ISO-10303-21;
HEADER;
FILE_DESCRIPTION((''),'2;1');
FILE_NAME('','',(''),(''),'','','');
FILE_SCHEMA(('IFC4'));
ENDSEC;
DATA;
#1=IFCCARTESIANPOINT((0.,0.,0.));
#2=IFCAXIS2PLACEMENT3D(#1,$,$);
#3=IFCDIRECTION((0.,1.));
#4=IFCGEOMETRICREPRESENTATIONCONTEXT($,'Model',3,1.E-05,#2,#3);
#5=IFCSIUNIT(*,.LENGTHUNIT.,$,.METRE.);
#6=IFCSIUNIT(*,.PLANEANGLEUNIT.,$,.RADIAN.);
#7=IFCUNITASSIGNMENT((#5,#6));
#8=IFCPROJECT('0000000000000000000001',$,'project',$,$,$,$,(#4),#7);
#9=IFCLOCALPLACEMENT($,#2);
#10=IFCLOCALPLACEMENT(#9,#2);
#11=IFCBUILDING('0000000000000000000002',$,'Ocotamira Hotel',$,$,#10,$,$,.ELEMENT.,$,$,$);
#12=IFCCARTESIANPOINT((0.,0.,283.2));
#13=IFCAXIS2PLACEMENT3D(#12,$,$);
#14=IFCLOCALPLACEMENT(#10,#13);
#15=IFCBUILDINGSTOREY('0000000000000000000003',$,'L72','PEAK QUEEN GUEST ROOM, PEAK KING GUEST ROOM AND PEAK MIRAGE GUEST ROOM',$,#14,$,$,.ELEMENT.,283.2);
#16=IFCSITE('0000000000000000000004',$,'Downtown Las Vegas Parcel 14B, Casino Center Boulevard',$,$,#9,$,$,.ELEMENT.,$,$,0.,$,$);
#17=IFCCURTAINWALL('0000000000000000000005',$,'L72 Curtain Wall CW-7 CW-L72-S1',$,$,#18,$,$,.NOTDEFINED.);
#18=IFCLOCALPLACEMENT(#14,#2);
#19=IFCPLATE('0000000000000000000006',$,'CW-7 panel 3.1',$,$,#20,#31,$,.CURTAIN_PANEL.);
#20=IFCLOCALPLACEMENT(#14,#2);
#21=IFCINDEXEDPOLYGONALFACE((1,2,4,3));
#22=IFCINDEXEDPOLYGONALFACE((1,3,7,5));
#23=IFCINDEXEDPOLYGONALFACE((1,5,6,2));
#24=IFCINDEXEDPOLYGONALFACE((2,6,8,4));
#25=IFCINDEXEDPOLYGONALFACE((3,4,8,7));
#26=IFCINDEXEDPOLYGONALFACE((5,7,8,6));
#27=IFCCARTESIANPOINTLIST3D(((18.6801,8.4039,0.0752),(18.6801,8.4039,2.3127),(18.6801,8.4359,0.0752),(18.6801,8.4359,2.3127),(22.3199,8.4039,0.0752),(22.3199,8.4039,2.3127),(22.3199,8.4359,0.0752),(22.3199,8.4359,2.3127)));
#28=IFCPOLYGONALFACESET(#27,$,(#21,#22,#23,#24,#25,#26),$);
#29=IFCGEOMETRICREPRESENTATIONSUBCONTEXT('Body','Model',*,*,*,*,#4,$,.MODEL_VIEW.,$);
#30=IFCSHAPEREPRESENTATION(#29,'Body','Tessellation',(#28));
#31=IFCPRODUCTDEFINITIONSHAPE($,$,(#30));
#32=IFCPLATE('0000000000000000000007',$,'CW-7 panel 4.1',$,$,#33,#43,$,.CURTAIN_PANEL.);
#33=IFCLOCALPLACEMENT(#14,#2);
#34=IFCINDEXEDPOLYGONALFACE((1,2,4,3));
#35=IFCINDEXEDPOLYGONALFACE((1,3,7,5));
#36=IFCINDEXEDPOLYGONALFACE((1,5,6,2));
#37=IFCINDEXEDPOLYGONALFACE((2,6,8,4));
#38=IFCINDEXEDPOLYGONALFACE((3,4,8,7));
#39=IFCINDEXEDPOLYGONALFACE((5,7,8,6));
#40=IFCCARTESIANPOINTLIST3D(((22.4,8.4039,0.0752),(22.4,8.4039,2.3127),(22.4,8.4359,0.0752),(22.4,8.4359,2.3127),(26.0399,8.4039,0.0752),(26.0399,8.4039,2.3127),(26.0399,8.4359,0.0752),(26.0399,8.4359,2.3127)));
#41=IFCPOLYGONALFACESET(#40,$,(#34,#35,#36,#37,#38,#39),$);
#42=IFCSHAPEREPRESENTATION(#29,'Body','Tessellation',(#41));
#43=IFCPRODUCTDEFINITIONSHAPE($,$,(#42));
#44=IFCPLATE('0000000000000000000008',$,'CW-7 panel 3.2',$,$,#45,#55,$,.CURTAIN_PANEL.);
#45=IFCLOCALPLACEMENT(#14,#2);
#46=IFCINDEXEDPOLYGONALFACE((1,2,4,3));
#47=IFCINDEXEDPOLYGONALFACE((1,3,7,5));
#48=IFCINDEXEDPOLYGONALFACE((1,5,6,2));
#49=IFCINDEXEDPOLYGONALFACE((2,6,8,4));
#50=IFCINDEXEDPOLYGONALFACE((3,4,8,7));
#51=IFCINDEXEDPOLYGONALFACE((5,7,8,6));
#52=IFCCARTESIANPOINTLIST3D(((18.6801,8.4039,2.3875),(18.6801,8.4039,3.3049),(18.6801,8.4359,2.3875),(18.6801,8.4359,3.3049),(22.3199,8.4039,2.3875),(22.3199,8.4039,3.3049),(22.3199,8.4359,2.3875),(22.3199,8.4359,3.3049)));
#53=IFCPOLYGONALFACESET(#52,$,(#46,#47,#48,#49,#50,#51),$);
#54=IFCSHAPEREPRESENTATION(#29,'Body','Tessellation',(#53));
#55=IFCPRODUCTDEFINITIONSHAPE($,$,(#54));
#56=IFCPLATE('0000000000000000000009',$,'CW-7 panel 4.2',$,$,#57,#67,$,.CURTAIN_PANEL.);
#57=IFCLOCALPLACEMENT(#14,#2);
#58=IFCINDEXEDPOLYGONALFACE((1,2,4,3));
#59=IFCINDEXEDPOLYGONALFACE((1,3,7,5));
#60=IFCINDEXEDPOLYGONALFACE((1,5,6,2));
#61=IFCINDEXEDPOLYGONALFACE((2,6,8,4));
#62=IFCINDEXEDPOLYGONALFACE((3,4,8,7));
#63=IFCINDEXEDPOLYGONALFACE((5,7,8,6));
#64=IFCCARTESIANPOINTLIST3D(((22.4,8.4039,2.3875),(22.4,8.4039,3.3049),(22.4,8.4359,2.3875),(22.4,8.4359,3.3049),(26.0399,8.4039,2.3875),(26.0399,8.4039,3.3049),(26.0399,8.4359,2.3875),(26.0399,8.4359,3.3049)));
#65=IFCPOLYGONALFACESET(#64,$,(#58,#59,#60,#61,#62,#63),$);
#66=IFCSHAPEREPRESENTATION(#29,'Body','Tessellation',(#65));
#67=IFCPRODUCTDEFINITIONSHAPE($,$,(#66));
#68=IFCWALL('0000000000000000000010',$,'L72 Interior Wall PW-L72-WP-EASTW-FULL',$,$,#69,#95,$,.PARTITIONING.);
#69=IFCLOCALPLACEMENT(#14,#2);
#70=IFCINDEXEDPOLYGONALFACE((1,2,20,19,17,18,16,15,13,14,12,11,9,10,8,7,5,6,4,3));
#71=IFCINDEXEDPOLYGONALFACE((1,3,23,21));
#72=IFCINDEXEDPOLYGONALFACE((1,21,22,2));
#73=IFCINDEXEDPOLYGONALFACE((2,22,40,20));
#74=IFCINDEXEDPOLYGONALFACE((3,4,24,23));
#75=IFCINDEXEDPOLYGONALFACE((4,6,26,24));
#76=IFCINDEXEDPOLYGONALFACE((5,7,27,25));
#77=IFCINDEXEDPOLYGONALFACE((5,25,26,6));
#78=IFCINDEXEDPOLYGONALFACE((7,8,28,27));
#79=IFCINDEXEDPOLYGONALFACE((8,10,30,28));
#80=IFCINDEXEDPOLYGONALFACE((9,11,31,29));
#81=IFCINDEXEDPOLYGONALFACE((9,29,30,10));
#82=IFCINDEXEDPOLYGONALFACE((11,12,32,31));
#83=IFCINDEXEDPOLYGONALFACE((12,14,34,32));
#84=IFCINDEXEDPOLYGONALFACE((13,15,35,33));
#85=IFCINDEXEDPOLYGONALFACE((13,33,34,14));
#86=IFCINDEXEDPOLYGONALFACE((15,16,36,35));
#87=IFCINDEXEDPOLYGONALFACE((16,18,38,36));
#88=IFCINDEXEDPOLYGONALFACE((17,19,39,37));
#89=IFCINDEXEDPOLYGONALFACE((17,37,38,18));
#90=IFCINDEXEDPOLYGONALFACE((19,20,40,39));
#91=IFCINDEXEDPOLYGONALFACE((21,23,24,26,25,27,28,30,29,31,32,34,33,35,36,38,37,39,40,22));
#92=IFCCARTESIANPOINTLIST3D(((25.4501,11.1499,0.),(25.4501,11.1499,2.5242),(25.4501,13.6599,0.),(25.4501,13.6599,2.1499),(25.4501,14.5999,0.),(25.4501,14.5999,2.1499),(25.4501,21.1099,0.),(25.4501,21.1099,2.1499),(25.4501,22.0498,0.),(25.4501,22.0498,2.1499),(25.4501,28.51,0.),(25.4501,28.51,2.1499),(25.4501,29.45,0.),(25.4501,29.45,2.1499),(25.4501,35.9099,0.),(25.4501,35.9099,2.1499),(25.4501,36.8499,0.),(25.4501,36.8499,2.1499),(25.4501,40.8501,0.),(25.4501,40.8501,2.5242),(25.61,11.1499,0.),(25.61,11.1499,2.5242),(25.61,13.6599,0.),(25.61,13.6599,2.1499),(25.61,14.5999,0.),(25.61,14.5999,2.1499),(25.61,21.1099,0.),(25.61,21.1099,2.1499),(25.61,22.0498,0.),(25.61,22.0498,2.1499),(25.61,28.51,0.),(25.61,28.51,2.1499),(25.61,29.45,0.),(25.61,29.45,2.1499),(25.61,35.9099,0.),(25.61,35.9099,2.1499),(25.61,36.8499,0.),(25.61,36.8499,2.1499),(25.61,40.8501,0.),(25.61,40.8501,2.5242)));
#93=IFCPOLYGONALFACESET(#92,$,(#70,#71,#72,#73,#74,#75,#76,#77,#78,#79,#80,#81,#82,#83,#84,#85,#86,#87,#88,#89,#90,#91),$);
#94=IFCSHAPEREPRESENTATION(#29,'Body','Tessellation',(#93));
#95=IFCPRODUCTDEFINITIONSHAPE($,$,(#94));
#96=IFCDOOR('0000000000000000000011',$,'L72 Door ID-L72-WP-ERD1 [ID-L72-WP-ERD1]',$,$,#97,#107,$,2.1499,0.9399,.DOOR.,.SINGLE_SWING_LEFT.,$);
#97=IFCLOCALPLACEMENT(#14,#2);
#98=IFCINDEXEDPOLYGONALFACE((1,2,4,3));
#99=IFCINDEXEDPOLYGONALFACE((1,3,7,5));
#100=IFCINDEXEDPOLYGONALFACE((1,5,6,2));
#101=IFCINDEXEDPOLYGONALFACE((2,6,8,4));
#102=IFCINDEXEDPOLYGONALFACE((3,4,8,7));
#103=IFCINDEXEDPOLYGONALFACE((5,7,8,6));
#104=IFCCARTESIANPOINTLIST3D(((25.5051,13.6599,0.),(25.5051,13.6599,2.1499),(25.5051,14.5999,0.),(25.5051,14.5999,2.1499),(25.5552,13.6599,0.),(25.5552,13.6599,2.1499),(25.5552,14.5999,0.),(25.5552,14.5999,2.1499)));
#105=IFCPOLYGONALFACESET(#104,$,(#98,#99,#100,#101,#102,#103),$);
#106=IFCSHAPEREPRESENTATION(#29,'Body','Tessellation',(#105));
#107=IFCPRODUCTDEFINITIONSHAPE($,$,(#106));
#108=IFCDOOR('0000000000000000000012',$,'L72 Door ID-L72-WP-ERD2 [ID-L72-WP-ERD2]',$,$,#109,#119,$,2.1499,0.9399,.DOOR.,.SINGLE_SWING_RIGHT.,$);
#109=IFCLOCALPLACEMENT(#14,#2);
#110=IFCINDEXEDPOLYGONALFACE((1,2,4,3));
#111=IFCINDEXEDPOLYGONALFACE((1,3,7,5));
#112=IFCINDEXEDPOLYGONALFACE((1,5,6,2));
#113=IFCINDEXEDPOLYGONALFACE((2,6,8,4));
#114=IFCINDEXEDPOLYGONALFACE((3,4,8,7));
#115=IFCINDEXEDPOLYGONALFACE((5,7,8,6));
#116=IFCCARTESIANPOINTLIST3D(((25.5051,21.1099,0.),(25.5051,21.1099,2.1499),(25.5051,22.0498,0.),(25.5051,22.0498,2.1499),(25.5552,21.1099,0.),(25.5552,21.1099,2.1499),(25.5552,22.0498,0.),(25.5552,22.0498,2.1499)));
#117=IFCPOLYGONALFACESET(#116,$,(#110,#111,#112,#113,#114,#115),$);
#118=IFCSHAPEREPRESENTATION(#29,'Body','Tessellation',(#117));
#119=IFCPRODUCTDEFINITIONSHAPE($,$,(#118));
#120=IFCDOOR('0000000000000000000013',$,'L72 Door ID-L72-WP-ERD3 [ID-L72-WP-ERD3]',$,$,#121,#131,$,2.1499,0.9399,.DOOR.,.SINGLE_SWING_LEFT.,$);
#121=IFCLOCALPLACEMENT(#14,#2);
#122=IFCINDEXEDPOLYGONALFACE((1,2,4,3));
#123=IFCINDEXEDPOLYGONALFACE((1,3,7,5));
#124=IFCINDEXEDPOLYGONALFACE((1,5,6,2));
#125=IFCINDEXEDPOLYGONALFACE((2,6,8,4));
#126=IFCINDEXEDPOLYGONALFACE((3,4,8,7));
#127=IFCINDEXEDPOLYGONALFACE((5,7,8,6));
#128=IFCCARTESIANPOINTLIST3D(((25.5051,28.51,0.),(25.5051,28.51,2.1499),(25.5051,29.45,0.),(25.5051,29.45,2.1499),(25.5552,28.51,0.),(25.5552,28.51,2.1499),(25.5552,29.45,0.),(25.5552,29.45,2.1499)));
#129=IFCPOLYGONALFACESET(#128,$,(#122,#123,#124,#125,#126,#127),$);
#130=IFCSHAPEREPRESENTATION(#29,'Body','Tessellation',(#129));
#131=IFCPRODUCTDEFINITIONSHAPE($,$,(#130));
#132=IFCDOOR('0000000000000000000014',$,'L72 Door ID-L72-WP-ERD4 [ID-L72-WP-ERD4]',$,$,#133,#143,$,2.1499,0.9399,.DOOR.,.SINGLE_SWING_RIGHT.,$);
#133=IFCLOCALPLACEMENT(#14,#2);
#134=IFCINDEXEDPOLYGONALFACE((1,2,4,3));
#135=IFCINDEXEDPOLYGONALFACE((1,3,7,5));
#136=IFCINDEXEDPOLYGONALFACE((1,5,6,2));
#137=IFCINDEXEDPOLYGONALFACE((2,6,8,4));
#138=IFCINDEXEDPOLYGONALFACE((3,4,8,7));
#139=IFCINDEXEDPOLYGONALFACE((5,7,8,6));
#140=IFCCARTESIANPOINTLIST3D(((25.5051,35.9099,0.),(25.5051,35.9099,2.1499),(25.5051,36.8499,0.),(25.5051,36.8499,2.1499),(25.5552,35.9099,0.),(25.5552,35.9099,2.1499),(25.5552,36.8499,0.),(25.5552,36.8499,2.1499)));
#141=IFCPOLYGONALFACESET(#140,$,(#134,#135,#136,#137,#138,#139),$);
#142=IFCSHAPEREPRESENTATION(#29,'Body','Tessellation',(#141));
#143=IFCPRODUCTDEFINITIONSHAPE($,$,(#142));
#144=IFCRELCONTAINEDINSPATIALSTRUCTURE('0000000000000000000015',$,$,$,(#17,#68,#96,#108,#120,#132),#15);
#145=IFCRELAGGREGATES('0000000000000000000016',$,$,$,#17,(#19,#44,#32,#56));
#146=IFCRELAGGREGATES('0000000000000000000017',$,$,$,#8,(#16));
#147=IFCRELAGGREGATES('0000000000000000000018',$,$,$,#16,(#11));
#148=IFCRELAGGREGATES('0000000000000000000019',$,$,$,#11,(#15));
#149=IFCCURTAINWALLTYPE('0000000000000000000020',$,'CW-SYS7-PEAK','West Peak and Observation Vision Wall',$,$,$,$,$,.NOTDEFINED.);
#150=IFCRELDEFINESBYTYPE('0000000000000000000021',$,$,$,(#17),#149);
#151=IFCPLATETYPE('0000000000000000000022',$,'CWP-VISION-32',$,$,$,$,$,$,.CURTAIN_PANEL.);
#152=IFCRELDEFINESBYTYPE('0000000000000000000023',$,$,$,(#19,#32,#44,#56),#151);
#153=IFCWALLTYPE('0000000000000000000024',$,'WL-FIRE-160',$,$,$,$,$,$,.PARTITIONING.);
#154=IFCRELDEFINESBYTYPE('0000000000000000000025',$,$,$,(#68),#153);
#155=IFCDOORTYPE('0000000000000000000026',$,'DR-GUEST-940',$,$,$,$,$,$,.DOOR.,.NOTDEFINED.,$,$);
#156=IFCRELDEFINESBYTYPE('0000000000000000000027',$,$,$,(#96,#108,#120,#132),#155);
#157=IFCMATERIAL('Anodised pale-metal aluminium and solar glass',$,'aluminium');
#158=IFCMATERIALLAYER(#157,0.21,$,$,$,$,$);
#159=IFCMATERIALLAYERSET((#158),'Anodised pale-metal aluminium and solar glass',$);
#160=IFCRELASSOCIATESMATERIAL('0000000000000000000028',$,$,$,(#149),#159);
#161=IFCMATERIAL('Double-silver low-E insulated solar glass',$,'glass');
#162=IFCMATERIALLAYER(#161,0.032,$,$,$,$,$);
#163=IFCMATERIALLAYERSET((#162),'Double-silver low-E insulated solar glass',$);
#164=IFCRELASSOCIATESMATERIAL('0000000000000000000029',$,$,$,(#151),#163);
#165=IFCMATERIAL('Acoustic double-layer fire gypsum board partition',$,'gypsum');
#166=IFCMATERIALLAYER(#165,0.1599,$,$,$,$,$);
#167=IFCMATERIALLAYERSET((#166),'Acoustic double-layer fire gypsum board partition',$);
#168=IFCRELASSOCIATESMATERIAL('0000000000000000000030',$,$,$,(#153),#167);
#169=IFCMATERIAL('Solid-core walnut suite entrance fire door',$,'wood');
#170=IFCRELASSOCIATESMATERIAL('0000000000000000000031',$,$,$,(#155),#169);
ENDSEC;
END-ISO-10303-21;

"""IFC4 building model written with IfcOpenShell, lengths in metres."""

from ifc_helpers import new_model, si_unit, direction, frame, frame_2d, origin, origin_2d, place, context, subcontext, project, spatial, rectangle, extrude, source, transform, mapped, material, layer, layer_set, type_object, element, fill, aggregate, save


model = new_model("IFC4")

# Units and contexts
model_context = context("Model", 3, precision=1e-05, world=origin(), true_north=direction((0.0, 1.0)))
body_context = subcontext(model_context, "Body", "Model", "MODEL_VIEW")
ifc_project = project(units=[si_unit("LENGTHUNIT", "METRE"), si_unit("PLANEANGLEUNIT", "RADIAN")], contexts=[model_context])

# Site, building, storey
site_placement = place(None, origin())
site = spatial("IfcSite", under=ifc_project, at=site_placement, Name="Downtown Las Vegas Parcel 14B, Casino Center Boulevard", CompositionType="ELEMENT", RefElevation=0.0)
building_placement = place(site_placement, origin())
building = spatial("IfcBuilding", under=site, at=building_placement, Name="Ocotamira Hotel", CompositionType="ELEMENT")
storey_placement = place(building_placement, frame((0.0, 0.0, 283.2)))
storey = spatial("IfcBuildingStorey", under=building, at=storey_placement, Name="L72", Description="PEAK QUEEN GUEST ROOM, PEAK KING GUEST ROOM AND PEAK MIRAGE GUEST ROOM", CompositionType="ELEMENT", Elevation=283.2)

# Curtain wall, plates
ifc_material_1 = material(Name="Anodised pale-metal aluminium and solar glass", Category="aluminium")
ifc_layer_1 = layer(ifc_material_1, 0.21)
ifc_layer_set_1 = layer_set([ifc_layer_1], Name="Anodised pale-metal aluminium and solar glass")
curtain_wall_type = type_object("IfcCurtainWallType", Name="CW-SYS7-PEAK", Description="West Peak and Observation Vision Wall", PredefinedType="NOTDEFINED", material=ifc_layer_set_1)
curtain_wall_placement = place(storey_placement, origin())
curtain_wall = element("IfcCurtainWall", 1, at=curtain_wall_placement, inside=storey, type_object=curtain_wall_type, Name="L72 Curtain Wall CW-7 CW-L72-S1", PredefinedType="NOTDEFINED")
ifc_material_2 = material(Name="Double-silver low-E insulated solar glass", Category="glass")
ifc_layer_2 = layer(ifc_material_2, 0.032)
ifc_layer_set_2 = layer_set([ifc_layer_2], Name="Double-silver low-E insulated solar glass")
plate_type = type_object("IfcPlateType", Name="CWP-VISION-32", PredefinedType="CURTAIN_PANEL", material=ifc_layer_set_2)
shared_shape_1 = source(origin(), body_context, "Body", "SweptSolid", [
    extrude(rectangle(XDim=3.6399, YDim=0.032, at=origin_2d()), origin(), (0.0, 0.0, 1.0), 2.2375),
])
plate_1_placement = place(storey_placement, frame((20.5, 8.4199, 0.0752), z_axis=(0.0, 0.0, 1.0), x_axis=(1.0, 0.0, 0.0)))
plate_1 = element("IfcPlate", 2, at=plate_1_placement, type_object=plate_type, Name="CW-7 panel 3.1", PredefinedType="CURTAIN_PANEL", context=body_context, shape_type="MappedRepresentation", body=[
    mapped(shared_shape_1, transform((0.0, 0.0, 0.0), scale=1.0)),
])
plate_2_placement = place(storey_placement, frame((24.22, 8.4199, 0.0752), z_axis=(0.0, 0.0, 1.0), x_axis=(1.0, 0.0, 0.0)))
plate_2 = element("IfcPlate", 3, at=plate_2_placement, type_object=plate_type, Name="CW-7 panel 4.1", PredefinedType="CURTAIN_PANEL", context=body_context, shape_type="MappedRepresentation", body=[
    mapped(shared_shape_1, transform((0.0, 0.0, 0.0), scale=1.0)),
])
shared_shape_2 = source(origin(), body_context, "Body", "SweptSolid", [
    extrude(rectangle(XDim=3.6399, YDim=0.032, at=origin_2d()), origin(), (0.0, 0.0, 1.0), 0.9175),
])
plate_3_placement = place(storey_placement, frame((20.5, 8.4199, 2.3875), z_axis=(0.0, 0.0, 1.0), x_axis=(1.0, 0.0, 0.0)))
plate_3 = element("IfcPlate", 4, at=plate_3_placement, type_object=plate_type, Name="CW-7 panel 3.2", PredefinedType="CURTAIN_PANEL", context=body_context, shape_type="MappedRepresentation", body=[
    mapped(shared_shape_2, transform((0.0, 0.0, 0.0), scale=1.0)),
])
plate_4_placement = place(storey_placement, frame((24.22, 8.4199, 2.3875), z_axis=(0.0, 0.0, 1.0), x_axis=(1.0, 0.0, 0.0)))
plate_4 = element("IfcPlate", 5, at=plate_4_placement, type_object=plate_type, Name="CW-7 panel 4.2", PredefinedType="CURTAIN_PANEL", context=body_context, shape_type="MappedRepresentation", body=[
    mapped(shared_shape_2, transform((0.0, 0.0, 0.0), scale=1.0)),
])
aggregate(curtain_wall, [plate_1, plate_3, plate_2, plate_4])

# Wall, openings, doors
ifc_material_3 = material(Name="Acoustic double-layer fire gypsum board partition", Category="gypsum")
ifc_layer_3 = layer(ifc_material_3, 0.1599)
ifc_layer_set_3 = layer_set([ifc_layer_3], Name="Acoustic double-layer fire gypsum board partition")
wall_type_1 = type_object("IfcWallType", Name="WL-FIRE-160", PredefinedType="PARTITIONING", material=ifc_layer_set_3)
wall_1_placement = place(storey_placement, frame((25.53, 11.1499, 0.0), z_axis=(0.0, 0.0, 1.0), x_axis=(0.0, 1.0, 0.0)))
wall_1 = element("IfcWall", 6, at=wall_1_placement, inside=storey, type_object=wall_type_1, Name="L72 Interior Wall PW-L72-WP-EASTW-FULL", PredefinedType="PARTITIONING", context=body_context, shape_type="SweptSolid", body=[
    extrude(rectangle(XDim=29.7002, YDim=0.1599, at=frame_2d((14.8501, 0.0))), origin(), (0.0, 0.0, 1.0), 2.5242),
])
opening_1_placement = place(wall_1_placement, frame((2.51, 0.0, 0.0)))
opening_1 = element("IfcOpeningElement", 7, at=opening_1_placement, cuts=wall_1, PredefinedType="OPENING", context=body_context, shape_type="SweptSolid", body=[
    extrude(rectangle(XDim=0.9399, YDim=2.1499, at=frame_2d((0.47, 1.075))), frame((0.0, 0.0898, 0.0), z_axis=(0.0, -1.0, 0.0), x_axis=(1.0, 0.0, 0.0)), (0.0, 0.0, 1.0), 0.1799),
])
opening_2_placement = place(wall_1_placement, frame((9.96, 0.0, 0.0)))
opening_2 = element("IfcOpeningElement", 8, at=opening_2_placement, cuts=wall_1, PredefinedType="OPENING", context=body_context, shape_type="SweptSolid", body=[
    extrude(rectangle(XDim=0.9399, YDim=2.1499, at=frame_2d((0.47, 1.075))), frame((0.0, 0.0898, 0.0), z_axis=(0.0, -1.0, 0.0), x_axis=(1.0, 0.0, 0.0)), (0.0, 0.0, 1.0), 0.1799),
])
opening_3_placement = place(wall_1_placement, frame((17.3601, 0.0, 0.0)))
opening_3 = element("IfcOpeningElement", 9, at=opening_3_placement, cuts=wall_1, PredefinedType="OPENING", context=body_context, shape_type="SweptSolid", body=[
    extrude(rectangle(XDim=0.9399, YDim=2.1499, at=frame_2d((0.47, 1.075))), frame((0.0, 0.0898, 0.0), z_axis=(0.0, -1.0, 0.0), x_axis=(1.0, 0.0, 0.0)), (0.0, 0.0, 1.0), 0.1799),
])
opening_4_placement = place(wall_1_placement, frame((24.76, 0.0, 0.0)))
opening_4 = element("IfcOpeningElement", 10, at=opening_4_placement, cuts=wall_1, PredefinedType="OPENING", context=body_context, shape_type="SweptSolid", body=[
    extrude(rectangle(XDim=0.9399, YDim=2.1499, at=frame_2d((0.47, 1.075))), frame((0.0, 0.0898, 0.0), z_axis=(0.0, -1.0, 0.0), x_axis=(1.0, 0.0, 0.0)), (0.0, 0.0, 1.0), 0.1799),
])
ifc_material_4 = material(Name="Solid-core walnut suite entrance fire door", Category="wood")
door_type_1 = type_object("IfcDoorType", Name="DR-GUEST-940", OperationType="NOTDEFINED", PredefinedType="DOOR", material=ifc_material_4)
shared_shape_3 = source(origin(), body_context, "Body", "SweptSolid", [
    extrude(rectangle(XDim=0.9399, YDim=2.1499, at=frame_2d((0.47, 1.075))), frame((0.0, 0.0249, 0.0), z_axis=(0.0, -1.0, 0.0), x_axis=(1.0, 0.0, 0.0)), (0.0, 0.0, 1.0), 0.05),
])
door_1_placement = place(opening_1_placement, origin())
door_1 = element("IfcDoor", 11, at=door_1_placement, inside=storey, type_object=door_type_1, Name="L72 Door ID-L72-WP-ERD1 [ID-L72-WP-ERD1]", OperationType="SINGLE_SWING_LEFT", OverallHeight=2.1499, OverallWidth=0.9399, PredefinedType="DOOR", context=body_context, shape_type="MappedRepresentation", body=[
    mapped(shared_shape_3, transform((0.0, 0.0, 0.0), scale=1.0)),
])
fill(opening_1, door_1)
door_2_placement = place(opening_2_placement, origin())
door_2 = element("IfcDoor", 12, at=door_2_placement, inside=storey, type_object=door_type_1, Name="L72 Door ID-L72-WP-ERD2 [ID-L72-WP-ERD2]", OperationType="SINGLE_SWING_RIGHT", OverallHeight=2.1499, OverallWidth=0.9399, PredefinedType="DOOR", context=body_context, shape_type="MappedRepresentation", body=[
    mapped(shared_shape_3, transform((0.0, 0.0, 0.0), scale=1.0)),
])
fill(opening_2, door_2)
door_3_placement = place(opening_3_placement, origin())
door_3 = element("IfcDoor", 13, at=door_3_placement, inside=storey, type_object=door_type_1, Name="L72 Door ID-L72-WP-ERD3 [ID-L72-WP-ERD3]", OperationType="SINGLE_SWING_LEFT", OverallHeight=2.1499, OverallWidth=0.9399, PredefinedType="DOOR", context=body_context, shape_type="MappedRepresentation", body=[
    mapped(shared_shape_3, transform((0.0, 0.0, 0.0), scale=1.0)),
])
fill(opening_3, door_3)
door_4_placement = place(opening_4_placement, origin())
door_4 = element("IfcDoor", 14, at=door_4_placement, inside=storey, type_object=door_type_1, Name="L72 Door ID-L72-WP-ERD4 [ID-L72-WP-ERD4]", OperationType="SINGLE_SWING_RIGHT", OverallHeight=2.1499, OverallWidth=0.9399, PredefinedType="DOOR", context=body_context, shape_type="MappedRepresentation", body=[
    mapped(shared_shape_3, transform((0.0, 0.0, 0.0), scale=1.0)),
])
fill(opening_4, door_4)

save(model, "model.ifc")
